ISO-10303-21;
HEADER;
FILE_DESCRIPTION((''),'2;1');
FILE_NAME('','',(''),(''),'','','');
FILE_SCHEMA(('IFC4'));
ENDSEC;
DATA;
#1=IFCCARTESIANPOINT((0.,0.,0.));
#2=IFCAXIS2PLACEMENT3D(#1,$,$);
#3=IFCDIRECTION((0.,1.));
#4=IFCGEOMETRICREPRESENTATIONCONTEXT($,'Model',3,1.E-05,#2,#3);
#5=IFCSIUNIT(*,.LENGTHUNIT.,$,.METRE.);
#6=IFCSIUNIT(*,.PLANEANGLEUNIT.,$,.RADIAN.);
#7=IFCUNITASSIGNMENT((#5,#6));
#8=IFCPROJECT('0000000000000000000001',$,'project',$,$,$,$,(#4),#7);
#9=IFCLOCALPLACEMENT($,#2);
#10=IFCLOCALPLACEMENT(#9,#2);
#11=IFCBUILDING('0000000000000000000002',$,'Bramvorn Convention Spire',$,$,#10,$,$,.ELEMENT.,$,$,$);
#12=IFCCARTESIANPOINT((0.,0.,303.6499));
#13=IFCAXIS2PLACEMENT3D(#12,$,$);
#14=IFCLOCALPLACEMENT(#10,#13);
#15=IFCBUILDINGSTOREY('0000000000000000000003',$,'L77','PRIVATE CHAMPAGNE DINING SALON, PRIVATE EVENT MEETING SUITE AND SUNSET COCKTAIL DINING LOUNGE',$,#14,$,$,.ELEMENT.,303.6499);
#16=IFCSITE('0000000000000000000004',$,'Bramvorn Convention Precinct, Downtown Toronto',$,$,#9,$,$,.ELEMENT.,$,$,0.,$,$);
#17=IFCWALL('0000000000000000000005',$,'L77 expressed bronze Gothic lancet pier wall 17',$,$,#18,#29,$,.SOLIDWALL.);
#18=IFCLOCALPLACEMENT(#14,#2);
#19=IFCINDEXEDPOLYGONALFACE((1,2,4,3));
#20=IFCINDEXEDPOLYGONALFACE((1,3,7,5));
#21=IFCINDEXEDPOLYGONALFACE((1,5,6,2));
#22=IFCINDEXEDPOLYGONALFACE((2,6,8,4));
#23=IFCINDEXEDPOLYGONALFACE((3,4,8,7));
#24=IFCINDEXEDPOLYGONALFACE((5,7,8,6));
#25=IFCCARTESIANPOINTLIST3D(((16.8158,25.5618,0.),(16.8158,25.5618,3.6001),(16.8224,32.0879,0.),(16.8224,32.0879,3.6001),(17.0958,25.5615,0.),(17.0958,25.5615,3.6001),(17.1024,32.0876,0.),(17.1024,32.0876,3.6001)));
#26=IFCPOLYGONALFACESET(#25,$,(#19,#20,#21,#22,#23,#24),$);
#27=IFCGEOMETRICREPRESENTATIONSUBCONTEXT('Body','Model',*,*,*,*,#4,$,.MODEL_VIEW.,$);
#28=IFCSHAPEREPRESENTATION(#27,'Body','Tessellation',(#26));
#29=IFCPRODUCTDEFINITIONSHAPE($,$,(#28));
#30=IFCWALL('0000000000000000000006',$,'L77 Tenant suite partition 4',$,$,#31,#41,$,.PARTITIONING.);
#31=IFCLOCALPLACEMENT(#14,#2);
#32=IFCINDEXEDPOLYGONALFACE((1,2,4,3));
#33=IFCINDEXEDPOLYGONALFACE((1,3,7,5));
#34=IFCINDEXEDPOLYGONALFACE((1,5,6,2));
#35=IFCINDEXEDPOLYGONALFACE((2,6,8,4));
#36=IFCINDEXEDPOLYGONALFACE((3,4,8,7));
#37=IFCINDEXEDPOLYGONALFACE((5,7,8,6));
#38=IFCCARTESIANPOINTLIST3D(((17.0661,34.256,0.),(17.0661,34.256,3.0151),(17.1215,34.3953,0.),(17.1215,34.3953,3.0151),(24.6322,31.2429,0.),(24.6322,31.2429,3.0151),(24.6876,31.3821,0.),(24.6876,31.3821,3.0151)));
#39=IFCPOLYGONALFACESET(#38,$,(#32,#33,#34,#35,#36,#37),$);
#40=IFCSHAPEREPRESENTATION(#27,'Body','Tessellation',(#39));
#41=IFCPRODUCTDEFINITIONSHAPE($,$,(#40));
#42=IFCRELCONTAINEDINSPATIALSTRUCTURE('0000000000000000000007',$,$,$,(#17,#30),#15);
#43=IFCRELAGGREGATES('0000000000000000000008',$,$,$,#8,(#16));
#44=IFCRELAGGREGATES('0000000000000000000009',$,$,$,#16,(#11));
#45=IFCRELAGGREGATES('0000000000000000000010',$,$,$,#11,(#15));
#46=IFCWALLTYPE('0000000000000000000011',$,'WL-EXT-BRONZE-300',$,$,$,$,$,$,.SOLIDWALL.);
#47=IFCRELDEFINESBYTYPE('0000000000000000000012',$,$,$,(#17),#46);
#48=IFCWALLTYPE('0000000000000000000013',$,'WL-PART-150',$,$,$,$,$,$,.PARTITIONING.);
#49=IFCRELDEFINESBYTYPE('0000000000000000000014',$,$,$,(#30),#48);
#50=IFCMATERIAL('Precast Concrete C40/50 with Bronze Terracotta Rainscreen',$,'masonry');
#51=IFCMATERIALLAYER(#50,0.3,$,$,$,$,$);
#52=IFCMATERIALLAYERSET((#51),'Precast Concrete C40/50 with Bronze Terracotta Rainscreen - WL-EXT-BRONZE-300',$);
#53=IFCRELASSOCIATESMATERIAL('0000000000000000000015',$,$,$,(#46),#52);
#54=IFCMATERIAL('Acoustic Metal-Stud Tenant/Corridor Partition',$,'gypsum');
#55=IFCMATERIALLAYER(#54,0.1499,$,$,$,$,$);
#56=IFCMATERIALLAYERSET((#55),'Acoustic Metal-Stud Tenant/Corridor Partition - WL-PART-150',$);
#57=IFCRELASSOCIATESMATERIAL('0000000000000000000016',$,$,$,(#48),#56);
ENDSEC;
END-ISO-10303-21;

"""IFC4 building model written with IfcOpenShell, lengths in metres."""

from ifc_helpers import new_model, si_unit, direction, frame, frame_2d, origin, place, context, subcontext, project, spatial, rectangle, extrude, material, layer, layer_set, type_object, element, save


model = new_model("IFC4")

# Units and contexts
model_context = context("Model", 3, precision=1e-05, world=origin(), true_north=direction((0.0, 1.0)))
body_context = subcontext(model_context, "Body", "Model", "MODEL_VIEW")
ifc_project = project(units=[si_unit("LENGTHUNIT", "METRE"), si_unit("PLANEANGLEUNIT", "RADIAN")], contexts=[model_context])

# Site, building, storey
site_placement = place(None, origin())
site = spatial("IfcSite", under=ifc_project, at=site_placement, Name="Bramvorn Convention Precinct, Downtown Toronto", CompositionType="ELEMENT", RefElevation=0.0)
building_placement = place(site_placement, origin())
building = spatial("IfcBuilding", under=site, at=building_placement, Name="Bramvorn Convention Spire", CompositionType="ELEMENT")
storey_placement = place(building_placement, frame((0.0, 0.0, 303.6499)))
storey = spatial("IfcBuildingStorey", under=building, at=storey_placement, Name="L77", Description="PRIVATE CHAMPAGNE DINING SALON, PRIVATE EVENT MEETING SUITE AND SUNSET COCKTAIL DINING LOUNGE", CompositionType="ELEMENT", Elevation=303.6499)

# Walls
ifc_material_1 = material(Name="Precast Concrete C40/50 with Bronze Terracotta Rainscreen", Category="masonry")
ifc_layer_1 = layer(ifc_material_1, 0.3)
ifc_layer_set_1 = layer_set([ifc_layer_1], Name="Precast Concrete C40/50 with Bronze Terracotta Rainscreen - WL-EXT-BRONZE-300")
wall_type_1 = type_object("IfcWallType", Name="WL-EXT-BRONZE-300", PredefinedType="SOLIDWALL", material=ifc_layer_set_1)
wall_1_placement = place(storey_placement, frame((16.9558, 25.5615, 0.0), z_axis=(0.0, 0.0, 1.0), x_axis=(0.00101, 0.999999, 0.0)))
element("IfcWall", 1, at=wall_1_placement, inside=storey, type_object=wall_type_1, Name="L77 expressed bronze Gothic lancet pier wall 17", PredefinedType="SOLIDWALL", context=body_context, shape_type="SweptSolid", body=[
    extrude(rectangle(XDim=6.5261, YDim=0.28, at=frame_2d((3.2632, 0.0))), origin(), (0.0, 0.0, 1.0), 3.6001),
])
ifc_material_2 = material(Name="Acoustic Metal-Stud Tenant/Corridor Partition", Category="gypsum")
ifc_layer_2 = layer(ifc_material_2, 0.1499)
ifc_layer_set_2 = layer_set([ifc_layer_2], Name="Acoustic Metal-Stud Tenant/Corridor Partition - WL-PART-150")
wall_type_2 = type_object("IfcWallType", Name="WL-PART-150", PredefinedType="PARTITIONING", material=ifc_layer_set_2)
wall_2_placement = place(storey_placement, frame((24.6599, 31.3125, 0.0), z_axis=(0.0, 0.0, 1.0), x_axis=(-0.929038, 0.369984, 0.0)))
element("IfcWall", 2, at=wall_2_placement, inside=storey, type_object=wall_type_2, Name="L77 Tenant suite partition 4", PredefinedType="PARTITIONING", context=body_context, shape_type="SweptSolid", body=[
    extrude(rectangle(XDim=8.144, YDim=0.1499, at=frame_2d((4.072, 0.0))), origin(), (0.0, 0.0, 1.0), 3.0151),
])

save(model, "model.ifc")
